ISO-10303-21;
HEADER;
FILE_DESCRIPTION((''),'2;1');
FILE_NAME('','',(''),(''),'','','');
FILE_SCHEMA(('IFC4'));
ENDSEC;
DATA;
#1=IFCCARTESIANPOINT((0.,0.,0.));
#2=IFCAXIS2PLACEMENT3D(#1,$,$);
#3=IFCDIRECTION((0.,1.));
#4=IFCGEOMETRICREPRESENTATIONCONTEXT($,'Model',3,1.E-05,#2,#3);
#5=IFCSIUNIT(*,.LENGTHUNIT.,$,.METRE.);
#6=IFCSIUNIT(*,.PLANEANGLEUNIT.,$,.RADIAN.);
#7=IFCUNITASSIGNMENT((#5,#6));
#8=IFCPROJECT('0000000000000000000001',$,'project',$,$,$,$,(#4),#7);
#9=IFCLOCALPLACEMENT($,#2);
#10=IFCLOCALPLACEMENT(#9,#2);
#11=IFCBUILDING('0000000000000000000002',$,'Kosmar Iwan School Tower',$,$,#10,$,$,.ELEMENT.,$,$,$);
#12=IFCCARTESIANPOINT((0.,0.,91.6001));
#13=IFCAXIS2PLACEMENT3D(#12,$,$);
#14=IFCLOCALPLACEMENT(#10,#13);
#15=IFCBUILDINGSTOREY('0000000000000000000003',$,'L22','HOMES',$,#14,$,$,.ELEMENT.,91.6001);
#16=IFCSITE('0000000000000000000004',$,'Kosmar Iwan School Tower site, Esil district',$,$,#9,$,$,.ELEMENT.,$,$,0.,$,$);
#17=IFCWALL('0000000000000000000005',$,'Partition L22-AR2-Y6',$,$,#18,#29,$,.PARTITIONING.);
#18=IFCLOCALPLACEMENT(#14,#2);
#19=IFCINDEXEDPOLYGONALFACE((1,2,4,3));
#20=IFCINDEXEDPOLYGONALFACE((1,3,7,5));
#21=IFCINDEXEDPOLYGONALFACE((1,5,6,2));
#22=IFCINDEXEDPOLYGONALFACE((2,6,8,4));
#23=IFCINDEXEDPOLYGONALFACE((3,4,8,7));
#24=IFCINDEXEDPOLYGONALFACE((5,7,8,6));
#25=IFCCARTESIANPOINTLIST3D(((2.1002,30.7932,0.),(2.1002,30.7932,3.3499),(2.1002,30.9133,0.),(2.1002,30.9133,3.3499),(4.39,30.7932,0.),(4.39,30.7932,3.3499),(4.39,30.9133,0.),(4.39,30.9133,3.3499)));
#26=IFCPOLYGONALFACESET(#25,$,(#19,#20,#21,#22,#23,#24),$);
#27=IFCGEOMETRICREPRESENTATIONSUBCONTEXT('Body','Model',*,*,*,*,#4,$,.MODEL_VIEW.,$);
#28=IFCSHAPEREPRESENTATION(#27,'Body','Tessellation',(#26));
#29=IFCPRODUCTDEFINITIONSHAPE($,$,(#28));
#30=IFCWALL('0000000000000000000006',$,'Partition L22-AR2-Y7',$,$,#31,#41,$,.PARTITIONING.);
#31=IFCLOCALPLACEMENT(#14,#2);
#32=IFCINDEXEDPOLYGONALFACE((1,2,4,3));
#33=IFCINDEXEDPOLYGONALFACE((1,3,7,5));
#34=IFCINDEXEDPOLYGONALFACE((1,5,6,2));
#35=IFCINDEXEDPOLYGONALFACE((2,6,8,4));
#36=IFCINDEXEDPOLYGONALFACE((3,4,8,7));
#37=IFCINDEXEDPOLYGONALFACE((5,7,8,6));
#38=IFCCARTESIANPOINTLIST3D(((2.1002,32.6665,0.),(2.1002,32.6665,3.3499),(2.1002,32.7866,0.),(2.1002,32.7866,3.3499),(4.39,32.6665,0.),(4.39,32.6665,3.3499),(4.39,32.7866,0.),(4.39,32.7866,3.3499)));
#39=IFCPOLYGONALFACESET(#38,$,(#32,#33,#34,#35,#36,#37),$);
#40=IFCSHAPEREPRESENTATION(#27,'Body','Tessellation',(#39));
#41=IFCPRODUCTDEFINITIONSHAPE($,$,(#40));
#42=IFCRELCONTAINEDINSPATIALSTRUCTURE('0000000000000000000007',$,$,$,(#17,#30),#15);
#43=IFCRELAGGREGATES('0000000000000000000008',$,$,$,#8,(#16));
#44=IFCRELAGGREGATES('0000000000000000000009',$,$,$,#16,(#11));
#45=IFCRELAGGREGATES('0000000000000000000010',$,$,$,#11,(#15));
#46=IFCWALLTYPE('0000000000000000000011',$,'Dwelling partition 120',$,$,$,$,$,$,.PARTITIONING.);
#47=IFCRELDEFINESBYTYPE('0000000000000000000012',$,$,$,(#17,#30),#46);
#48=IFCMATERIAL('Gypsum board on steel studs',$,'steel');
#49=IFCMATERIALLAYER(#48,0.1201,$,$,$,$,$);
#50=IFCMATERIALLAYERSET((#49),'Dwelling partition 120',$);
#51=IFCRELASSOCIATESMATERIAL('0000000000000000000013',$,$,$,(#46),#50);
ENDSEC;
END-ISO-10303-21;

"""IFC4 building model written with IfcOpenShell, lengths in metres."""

from ifc_helpers import new_model, si_unit, direction, frame, frame_2d, origin, place, context, subcontext, project, spatial, rectangle, extrude, material, layer, layer_set, type_object, element, save


model = new_model("IFC4")

# Units and contexts
model_context = context("Model", 3, precision=1e-05, world=origin(), true_north=direction((0.0, 1.0)))
body_context = subcontext(model_context, "Body", "Model", "MODEL_VIEW")
ifc_project = project(units=[si_unit("LENGTHUNIT", "METRE"), si_unit("PLANEANGLEUNIT", "RADIAN")], contexts=[model_context])

# Site, building, storey
site_placement = place(None, origin())
site = spatial("IfcSite", under=ifc_project, at=site_placement, Name="Kosmar Iwan School Tower site, Esil district", CompositionType="ELEMENT", RefElevation=0.0)
building_placement = place(site_placement, origin())
building = spatial("IfcBuilding", under=site, at=building_placement, Name="Kosmar Iwan School Tower", CompositionType="ELEMENT")
storey_placement = place(building_placement, frame((0.0, 0.0, 91.6001)))
storey = spatial("IfcBuildingStorey", under=building, at=storey_placement, Name="L22", Description="HOMES", CompositionType="ELEMENT", Elevation=91.6001)

# Walls
ifc_material_1 = material(Name="Gypsum board on steel studs", Category="steel")
ifc_layer_1 = layer(ifc_material_1, 0.1201)
ifc_layer_set_1 = layer_set([ifc_layer_1], Name="Dwelling partition 120")
wall_type = type_object("IfcWallType", Name="Dwelling partition 120", PredefinedType="PARTITIONING", material=ifc_layer_set_1)
for number, where, z_axis, x_axis, name in (
    (1, (2.1001, 30.8533, 0.0), (0.0, 0.0, 1.0), (1.0, 0.0, 0.0), "Partition L22-AR2-Y6"),
    (2, (2.1001, 32.7266, 0.0), (0.0, 0.0, 1.0), (1.0, 0.0, 0.0), "Partition L22-AR2-Y7"),
):
    element("IfcWall", number, at=place(storey_placement, frame(where, z_axis=z_axis, x_axis=x_axis)), inside=storey, type_object=wall_type, Name=name, PredefinedType="PARTITIONING", context=body_context, shape_type="SweptSolid", body=[
        extrude(rectangle(XDim=2.2898, YDim=0.1201, at=frame_2d((1.145, 0.0))), origin(), (0.0, 0.0, 1.0), 3.3499),
    ])

save(model, "model.ifc")
